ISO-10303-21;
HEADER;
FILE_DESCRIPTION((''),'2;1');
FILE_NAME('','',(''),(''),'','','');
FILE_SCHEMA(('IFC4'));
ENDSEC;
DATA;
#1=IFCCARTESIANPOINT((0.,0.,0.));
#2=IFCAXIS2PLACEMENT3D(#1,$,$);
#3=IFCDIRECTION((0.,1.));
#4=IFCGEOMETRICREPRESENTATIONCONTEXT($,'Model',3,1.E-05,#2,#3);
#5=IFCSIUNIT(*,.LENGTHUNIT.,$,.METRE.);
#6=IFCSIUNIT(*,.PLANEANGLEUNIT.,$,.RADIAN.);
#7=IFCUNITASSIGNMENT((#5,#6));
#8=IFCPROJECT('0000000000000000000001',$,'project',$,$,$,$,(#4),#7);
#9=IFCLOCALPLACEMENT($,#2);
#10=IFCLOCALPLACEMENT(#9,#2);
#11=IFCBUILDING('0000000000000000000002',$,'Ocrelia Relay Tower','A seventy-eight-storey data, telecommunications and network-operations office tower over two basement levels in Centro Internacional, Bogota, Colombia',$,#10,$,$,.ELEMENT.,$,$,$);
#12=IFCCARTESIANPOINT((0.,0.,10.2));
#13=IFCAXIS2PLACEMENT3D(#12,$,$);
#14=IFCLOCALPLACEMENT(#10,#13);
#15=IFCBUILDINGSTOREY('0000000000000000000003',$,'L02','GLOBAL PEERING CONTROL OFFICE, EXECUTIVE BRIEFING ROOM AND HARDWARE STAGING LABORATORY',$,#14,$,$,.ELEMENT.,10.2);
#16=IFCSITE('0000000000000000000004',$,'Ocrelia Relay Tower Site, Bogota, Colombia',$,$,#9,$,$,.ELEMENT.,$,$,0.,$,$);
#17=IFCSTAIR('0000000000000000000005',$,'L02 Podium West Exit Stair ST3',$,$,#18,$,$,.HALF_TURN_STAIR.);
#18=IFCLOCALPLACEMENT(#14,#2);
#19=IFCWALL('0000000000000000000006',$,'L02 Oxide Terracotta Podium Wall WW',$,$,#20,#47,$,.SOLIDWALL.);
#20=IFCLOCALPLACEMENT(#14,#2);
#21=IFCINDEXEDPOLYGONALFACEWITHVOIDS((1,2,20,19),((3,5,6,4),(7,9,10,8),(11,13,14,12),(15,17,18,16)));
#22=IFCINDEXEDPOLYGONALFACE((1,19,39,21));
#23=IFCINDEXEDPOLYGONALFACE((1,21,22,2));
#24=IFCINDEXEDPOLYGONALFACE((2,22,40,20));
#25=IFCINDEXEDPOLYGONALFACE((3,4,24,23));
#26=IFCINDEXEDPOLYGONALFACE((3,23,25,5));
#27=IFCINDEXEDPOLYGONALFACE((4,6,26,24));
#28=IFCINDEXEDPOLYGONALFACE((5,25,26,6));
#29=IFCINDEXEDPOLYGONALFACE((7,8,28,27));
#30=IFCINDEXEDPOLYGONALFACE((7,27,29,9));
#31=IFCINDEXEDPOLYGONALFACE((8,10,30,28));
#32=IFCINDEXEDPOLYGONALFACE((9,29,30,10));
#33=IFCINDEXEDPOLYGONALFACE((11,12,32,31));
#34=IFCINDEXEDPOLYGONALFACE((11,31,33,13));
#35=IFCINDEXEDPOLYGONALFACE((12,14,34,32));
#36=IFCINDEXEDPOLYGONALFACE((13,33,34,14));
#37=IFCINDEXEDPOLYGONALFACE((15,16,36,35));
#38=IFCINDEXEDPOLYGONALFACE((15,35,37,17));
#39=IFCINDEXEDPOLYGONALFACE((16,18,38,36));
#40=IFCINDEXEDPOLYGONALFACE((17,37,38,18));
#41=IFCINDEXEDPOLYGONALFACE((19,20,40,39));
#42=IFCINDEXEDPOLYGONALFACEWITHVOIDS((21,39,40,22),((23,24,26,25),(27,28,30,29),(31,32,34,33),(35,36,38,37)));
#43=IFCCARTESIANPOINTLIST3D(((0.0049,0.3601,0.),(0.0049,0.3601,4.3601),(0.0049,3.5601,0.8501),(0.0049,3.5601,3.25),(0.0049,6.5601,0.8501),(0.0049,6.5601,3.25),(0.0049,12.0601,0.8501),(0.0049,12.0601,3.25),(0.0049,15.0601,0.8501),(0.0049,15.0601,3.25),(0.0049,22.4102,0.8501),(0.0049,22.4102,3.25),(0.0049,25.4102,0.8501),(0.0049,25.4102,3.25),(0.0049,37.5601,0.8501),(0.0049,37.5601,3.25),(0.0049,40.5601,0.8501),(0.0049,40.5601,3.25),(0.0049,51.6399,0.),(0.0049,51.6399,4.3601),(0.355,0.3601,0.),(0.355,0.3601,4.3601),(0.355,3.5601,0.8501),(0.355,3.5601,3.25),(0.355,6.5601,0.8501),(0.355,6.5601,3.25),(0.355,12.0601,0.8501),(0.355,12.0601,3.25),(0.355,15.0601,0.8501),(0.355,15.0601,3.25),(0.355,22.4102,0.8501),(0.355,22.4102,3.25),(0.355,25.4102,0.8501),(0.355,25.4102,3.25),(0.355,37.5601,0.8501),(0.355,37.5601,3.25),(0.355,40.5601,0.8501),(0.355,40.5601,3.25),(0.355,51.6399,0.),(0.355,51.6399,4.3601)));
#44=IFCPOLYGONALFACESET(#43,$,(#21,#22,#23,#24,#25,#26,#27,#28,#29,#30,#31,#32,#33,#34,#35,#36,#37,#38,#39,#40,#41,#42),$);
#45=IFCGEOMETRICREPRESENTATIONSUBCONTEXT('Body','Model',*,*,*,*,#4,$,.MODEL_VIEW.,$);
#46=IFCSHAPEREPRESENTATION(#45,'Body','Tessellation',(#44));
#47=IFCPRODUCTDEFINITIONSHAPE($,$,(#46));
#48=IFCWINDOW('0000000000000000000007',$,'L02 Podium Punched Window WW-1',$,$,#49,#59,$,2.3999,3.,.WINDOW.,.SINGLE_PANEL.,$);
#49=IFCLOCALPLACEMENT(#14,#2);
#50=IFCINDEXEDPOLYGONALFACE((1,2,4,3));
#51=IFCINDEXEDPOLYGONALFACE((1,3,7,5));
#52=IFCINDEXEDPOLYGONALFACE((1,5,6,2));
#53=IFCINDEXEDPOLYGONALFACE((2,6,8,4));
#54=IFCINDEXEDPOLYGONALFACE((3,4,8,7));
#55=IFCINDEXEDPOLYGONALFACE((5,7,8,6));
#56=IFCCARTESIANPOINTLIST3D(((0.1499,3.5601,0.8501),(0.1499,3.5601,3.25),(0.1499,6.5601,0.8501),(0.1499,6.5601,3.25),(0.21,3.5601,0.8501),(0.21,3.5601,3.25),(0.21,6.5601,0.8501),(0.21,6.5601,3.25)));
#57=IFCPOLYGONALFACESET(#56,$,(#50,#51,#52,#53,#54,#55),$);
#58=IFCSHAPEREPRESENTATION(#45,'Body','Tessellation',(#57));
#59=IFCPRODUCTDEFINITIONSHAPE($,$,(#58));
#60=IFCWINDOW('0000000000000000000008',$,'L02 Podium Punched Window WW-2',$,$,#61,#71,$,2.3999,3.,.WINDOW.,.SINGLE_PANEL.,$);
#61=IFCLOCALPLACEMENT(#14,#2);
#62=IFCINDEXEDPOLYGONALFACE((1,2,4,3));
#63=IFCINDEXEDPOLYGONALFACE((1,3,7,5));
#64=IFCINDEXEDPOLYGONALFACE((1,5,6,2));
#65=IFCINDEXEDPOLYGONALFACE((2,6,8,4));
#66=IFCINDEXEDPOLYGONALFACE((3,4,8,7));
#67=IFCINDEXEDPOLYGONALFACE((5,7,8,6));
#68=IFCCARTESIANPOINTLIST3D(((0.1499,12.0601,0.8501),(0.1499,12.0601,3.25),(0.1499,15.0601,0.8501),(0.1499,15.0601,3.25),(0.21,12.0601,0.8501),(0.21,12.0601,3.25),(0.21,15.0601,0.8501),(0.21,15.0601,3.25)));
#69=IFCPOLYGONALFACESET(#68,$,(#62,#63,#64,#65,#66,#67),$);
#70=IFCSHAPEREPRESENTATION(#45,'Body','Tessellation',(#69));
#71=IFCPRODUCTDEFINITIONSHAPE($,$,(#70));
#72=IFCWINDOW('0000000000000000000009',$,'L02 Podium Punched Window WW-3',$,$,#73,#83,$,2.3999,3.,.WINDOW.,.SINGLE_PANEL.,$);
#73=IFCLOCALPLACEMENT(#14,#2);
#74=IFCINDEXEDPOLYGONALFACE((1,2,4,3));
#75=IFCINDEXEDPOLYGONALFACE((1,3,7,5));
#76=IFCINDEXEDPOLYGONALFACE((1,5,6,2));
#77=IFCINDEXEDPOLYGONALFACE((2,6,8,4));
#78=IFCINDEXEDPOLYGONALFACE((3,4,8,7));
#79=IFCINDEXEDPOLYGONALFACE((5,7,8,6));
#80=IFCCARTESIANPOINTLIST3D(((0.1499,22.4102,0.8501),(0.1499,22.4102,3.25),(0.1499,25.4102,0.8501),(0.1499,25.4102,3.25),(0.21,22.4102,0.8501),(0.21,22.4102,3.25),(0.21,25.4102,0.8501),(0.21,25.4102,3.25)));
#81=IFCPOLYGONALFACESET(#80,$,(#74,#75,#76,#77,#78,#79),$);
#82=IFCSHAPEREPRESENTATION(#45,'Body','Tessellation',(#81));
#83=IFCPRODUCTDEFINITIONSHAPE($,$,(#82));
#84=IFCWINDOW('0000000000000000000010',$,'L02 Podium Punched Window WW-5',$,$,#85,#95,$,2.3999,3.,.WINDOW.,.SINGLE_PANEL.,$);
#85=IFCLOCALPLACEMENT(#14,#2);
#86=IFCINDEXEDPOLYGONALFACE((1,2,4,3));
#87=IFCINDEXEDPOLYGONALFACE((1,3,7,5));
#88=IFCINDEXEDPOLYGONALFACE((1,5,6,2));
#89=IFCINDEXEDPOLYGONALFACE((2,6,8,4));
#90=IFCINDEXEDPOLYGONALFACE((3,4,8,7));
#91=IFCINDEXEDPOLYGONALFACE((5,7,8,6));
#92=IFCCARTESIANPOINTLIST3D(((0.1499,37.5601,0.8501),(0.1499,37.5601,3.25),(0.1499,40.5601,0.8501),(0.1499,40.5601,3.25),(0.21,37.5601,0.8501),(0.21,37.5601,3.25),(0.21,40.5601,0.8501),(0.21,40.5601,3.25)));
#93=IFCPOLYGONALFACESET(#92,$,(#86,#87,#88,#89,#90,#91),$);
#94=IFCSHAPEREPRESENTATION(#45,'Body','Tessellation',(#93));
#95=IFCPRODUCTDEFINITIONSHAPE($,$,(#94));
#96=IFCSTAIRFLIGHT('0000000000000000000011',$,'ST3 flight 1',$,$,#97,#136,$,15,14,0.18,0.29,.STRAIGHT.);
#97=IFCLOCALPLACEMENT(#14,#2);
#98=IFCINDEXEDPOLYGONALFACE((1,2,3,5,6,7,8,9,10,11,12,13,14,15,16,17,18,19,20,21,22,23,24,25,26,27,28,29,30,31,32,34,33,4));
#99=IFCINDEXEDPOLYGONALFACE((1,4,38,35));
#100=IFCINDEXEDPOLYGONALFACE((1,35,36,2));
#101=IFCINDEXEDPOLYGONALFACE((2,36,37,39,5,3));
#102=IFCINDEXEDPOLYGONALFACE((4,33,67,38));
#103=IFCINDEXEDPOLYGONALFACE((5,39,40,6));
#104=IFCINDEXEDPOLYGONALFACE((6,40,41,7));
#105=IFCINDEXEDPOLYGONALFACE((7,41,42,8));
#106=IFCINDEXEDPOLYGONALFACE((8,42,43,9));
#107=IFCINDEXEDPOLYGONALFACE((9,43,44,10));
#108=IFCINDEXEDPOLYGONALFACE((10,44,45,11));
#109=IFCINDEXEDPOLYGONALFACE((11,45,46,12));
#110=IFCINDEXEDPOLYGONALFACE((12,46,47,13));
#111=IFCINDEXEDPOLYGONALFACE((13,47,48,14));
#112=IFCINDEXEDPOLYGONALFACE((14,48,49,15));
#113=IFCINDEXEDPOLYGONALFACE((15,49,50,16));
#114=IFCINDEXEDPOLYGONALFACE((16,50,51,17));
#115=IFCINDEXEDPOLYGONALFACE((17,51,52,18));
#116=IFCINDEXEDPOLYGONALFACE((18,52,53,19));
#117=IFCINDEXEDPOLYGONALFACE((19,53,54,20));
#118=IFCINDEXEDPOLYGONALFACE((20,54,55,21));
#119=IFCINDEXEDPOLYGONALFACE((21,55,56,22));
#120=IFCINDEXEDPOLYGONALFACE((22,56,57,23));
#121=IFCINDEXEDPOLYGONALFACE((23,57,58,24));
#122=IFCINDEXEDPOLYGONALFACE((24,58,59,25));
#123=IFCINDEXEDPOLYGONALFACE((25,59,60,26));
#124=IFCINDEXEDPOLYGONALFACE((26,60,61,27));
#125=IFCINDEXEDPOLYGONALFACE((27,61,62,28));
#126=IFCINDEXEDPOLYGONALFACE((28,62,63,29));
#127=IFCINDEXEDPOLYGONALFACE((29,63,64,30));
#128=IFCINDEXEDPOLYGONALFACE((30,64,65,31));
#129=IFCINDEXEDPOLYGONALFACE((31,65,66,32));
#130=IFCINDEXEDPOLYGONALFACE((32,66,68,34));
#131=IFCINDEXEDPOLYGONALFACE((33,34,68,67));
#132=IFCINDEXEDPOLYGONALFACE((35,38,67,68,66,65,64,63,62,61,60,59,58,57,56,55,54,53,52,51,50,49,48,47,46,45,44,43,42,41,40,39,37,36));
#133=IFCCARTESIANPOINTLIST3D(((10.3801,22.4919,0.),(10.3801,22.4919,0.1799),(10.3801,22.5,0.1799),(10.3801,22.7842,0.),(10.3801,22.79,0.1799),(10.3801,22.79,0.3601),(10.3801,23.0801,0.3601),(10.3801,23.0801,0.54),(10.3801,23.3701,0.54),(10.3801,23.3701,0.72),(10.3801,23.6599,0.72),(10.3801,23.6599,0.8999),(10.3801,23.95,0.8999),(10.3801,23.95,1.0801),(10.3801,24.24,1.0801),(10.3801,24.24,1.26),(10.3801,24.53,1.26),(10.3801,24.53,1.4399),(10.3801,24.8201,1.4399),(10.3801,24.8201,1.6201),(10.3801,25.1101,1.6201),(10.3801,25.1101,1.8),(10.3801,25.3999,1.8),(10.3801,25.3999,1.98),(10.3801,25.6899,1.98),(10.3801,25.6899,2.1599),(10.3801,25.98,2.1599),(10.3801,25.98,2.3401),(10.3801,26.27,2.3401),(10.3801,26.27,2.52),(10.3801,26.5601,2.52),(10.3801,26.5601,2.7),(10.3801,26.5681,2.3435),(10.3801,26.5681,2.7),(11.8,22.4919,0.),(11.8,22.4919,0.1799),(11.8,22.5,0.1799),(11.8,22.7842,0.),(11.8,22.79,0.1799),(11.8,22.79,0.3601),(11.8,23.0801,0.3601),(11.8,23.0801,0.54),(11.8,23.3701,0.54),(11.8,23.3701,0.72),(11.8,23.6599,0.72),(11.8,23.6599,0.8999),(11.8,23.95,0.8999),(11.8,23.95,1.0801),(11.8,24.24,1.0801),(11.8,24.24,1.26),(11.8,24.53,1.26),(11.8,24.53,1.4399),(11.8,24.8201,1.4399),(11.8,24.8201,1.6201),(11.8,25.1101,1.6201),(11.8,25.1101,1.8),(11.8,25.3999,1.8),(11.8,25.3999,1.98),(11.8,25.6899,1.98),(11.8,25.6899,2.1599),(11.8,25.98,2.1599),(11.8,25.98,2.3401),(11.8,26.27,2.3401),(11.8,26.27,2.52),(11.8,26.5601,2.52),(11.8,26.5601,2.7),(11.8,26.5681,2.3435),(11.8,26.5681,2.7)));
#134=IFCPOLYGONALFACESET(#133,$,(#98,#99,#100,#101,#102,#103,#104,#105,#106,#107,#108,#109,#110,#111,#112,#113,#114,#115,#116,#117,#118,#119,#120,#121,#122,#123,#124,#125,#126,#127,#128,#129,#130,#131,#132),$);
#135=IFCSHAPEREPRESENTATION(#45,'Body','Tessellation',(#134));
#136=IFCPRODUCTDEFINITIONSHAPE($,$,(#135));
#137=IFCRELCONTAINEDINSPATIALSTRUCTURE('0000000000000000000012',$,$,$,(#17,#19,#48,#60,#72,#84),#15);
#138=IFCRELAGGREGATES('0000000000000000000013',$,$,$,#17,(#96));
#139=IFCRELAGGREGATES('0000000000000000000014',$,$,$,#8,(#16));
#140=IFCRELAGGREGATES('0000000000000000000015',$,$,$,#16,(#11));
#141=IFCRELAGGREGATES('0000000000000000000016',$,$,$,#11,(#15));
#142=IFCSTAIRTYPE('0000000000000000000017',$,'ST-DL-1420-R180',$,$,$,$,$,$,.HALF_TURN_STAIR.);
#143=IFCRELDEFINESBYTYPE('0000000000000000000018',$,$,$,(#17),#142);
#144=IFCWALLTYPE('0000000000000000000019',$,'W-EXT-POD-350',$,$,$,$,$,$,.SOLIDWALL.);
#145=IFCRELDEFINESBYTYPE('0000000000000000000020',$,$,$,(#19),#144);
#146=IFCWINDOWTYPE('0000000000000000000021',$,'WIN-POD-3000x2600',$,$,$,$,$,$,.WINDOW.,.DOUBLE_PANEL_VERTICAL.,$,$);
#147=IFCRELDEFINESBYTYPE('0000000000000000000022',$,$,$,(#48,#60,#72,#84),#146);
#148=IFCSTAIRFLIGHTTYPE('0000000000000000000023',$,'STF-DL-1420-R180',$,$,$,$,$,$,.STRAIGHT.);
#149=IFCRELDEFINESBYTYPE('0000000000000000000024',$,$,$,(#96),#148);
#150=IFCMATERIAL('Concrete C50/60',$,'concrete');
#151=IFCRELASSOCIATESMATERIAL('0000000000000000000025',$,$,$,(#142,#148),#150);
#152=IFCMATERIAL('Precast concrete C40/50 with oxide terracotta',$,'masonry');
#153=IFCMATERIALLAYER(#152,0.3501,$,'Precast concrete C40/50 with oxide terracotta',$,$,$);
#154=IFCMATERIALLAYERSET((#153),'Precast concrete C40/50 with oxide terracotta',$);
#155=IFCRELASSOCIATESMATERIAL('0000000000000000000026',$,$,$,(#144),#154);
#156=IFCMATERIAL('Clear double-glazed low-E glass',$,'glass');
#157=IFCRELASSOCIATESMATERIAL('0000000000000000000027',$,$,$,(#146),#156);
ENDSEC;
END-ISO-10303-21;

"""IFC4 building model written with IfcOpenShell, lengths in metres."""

from ifc_helpers import new_model, si_unit, direction, frame, frame_2d, origin, place, context, subcontext, project, spatial, polyline, rectangle, outline, extrude, material, layer, layer_set, type_object, element, fill, aggregate, save


model = new_model("IFC4")

# Units and contexts
model_context = context("Model", 3, precision=1e-05, world=origin(), true_north=direction((0.0, 1.0)))
body_context = subcontext(model_context, "Body", "Model", "MODEL_VIEW")
ifc_project = project(units=[si_unit("LENGTHUNIT", "METRE"), si_unit("PLANEANGLEUNIT", "RADIAN")], contexts=[model_context])

# Site, building, storey
site_placement = place(None, origin())
site = spatial("IfcSite", under=ifc_project, at=site_placement, Name="Ocrelia Relay Tower Site, Bogota, Colombia", CompositionType="ELEMENT", RefElevation=0.0)
building_placement = place(site_placement, origin())
building = spatial("IfcBuilding", under=site, at=building_placement, Name="Ocrelia Relay Tower", Description="A seventy-eight-storey data, telecommunications and network-operations office tower over two basement levels in Centro Internacional, Bogota, Colombia", CompositionType="ELEMENT")
storey_placement = place(building_placement, frame((0.0, 0.0, 10.2)))
storey = spatial("IfcBuildingStorey", under=building, at=storey_placement, Name="L02", Description="GLOBAL PEERING CONTROL OFFICE, EXECUTIVE BRIEFING ROOM AND HARDWARE STAGING LABORATORY", CompositionType="ELEMENT", Elevation=10.2)

# Shared definitions
ifc_material_1 = material(Name="Concrete C50/60", Category="concrete")

# Stair
stair_type = type_object("IfcStairType", Name="ST-DL-1420-R180", PredefinedType="HALF_TURN_STAIR", material=ifc_material_1)
stair_1_placement = place(storey_placement, origin())
stair_1 = element("IfcStair", 1, at=stair_1_placement, inside=storey, type_object=stair_type, Name="L02 Podium West Exit Stair ST3", PredefinedType="HALF_TURN_STAIR")

# Wall, openings, windows
ifc_material_2 = material(Name="Precast concrete C40/50 with oxide terracotta", Category="masonry")
ifc_layer_1 = layer(ifc_material_2, 0.3501, Name="Precast concrete C40/50 with oxide terracotta")
ifc_layer_set_1 = layer_set([ifc_layer_1], Name="Precast concrete C40/50 with oxide terracotta")
wall_type_1 = type_object("IfcWallType", Name="W-EXT-POD-350", PredefinedType="SOLIDWALL", material=ifc_layer_set_1)
wall_1_placement = place(storey_placement, frame((0.1799, 0.3601, 0.0), z_axis=(0.0, 0.0, 1.0), x_axis=(0.0, 1.0, 0.0)))
wall_1 = element("IfcWall", 2, at=wall_1_placement, inside=storey, type_object=wall_type_1, Name="L02 Oxide Terracotta Podium Wall WW", PredefinedType="SOLIDWALL", context=body_context, shape_type="SweptSolid", body=[
    extrude(rectangle(XDim=51.2798, YDim=0.3501, at=frame_2d((25.6399, 0.0))), origin(), (0.0, 0.0, 1.0), 4.3601),
])
opening_1_placement = place(wall_1_placement, frame((3.2, 0.0, 0.8501)))
opening_1 = element("IfcOpeningElement", 3, at=opening_1_placement, cuts=wall_1, PredefinedType="OPENING", context=body_context, shape_type="SweptSolid", body=[
    extrude(rectangle(XDim=3.0, YDim=2.3999, at=frame_2d((1.5, 1.2))), frame((0.0, 0.1851, 0.0), z_axis=(0.0, -1.0, 0.0), x_axis=(1.0, 0.0, 0.0)), (0.0, 0.0, 1.0), 0.3701),
])
opening_2_placement = place(wall_1_placement, frame((11.7, 0.0, 0.8501)))
opening_2 = element("IfcOpeningElement", 4, at=opening_2_placement, cuts=wall_1, PredefinedType="OPENING", context=body_context, shape_type="SweptSolid", body=[
    extrude(rectangle(XDim=3.0, YDim=2.3999, at=frame_2d((1.5, 1.2))), frame((0.0, 0.1851, 0.0), z_axis=(0.0, -1.0, 0.0), x_axis=(1.0, 0.0, 0.0)), (0.0, 0.0, 1.0), 0.3701),
])
opening_3_placement = place(wall_1_placement, frame((22.05, 0.0, 0.8501)))
opening_3 = element("IfcOpeningElement", 5, at=opening_3_placement, cuts=wall_1, PredefinedType="OPENING", context=body_context, shape_type="SweptSolid", body=[
    extrude(rectangle(XDim=3.0, YDim=2.3999, at=frame_2d((1.5, 1.2))), frame((0.0, 0.1851, 0.0), z_axis=(0.0, -1.0, 0.0), x_axis=(1.0, 0.0, 0.0)), (0.0, 0.0, 1.0), 0.3701),
])
opening_4_placement = place(wall_1_placement, frame((37.2, 0.0, 0.8501)))
opening_4 = element("IfcOpeningElement", 6, at=opening_4_placement, cuts=wall_1, PredefinedType="OPENING", context=body_context, shape_type="SweptSolid", body=[
    extrude(rectangle(XDim=3.0, YDim=2.3999, at=frame_2d((1.5, 1.2))), frame((0.0, 0.1851, 0.0), z_axis=(0.0, -1.0, 0.0), x_axis=(1.0, 0.0, 0.0)), (0.0, 0.0, 1.0), 0.3701),
])
ifc_material_3 = material(Name="Clear double-glazed low-E glass", Category="glass")
window_type = type_object("IfcWindowType", Name="WIN-POD-3000x2600", PartitioningType="DOUBLE_PANEL_VERTICAL", PredefinedType="WINDOW", material=ifc_material_3)
window_1_placement = place(opening_1_placement, origin())
window_1 = element("IfcWindow", 7, at=window_1_placement, inside=storey, type_object=window_type, Name="L02 Podium Punched Window WW-1", OverallHeight=2.3999, OverallWidth=3.0, PartitioningType="SINGLE_PANEL", PredefinedType="WINDOW", context=body_context, shape_type="SweptSolid", body=[
    extrude(rectangle(XDim=3.0, YDim=2.3999, at=frame_2d((1.5, 1.2))), frame((0.0, 0.03, 0.0), z_axis=(0.0, -1.0, 0.0), x_axis=(1.0, 0.0, 0.0)), (0.0, 0.0, 1.0), 0.0601),
])
fill(opening_1, window_1)
window_2_placement = place(opening_2_placement, origin())
window_2 = element("IfcWindow", 8, at=window_2_placement, inside=storey, type_object=window_type, Name="L02 Podium Punched Window WW-2", OverallHeight=2.3999, OverallWidth=3.0, PartitioningType="SINGLE_PANEL", PredefinedType="WINDOW", context=body_context, shape_type="SweptSolid", body=[
    extrude(rectangle(XDim=3.0, YDim=2.3999, at=frame_2d((1.5, 1.2))), frame((0.0, 0.03, 0.0), z_axis=(0.0, -1.0, 0.0), x_axis=(1.0, 0.0, 0.0)), (0.0, 0.0, 1.0), 0.0601),
])
fill(opening_2, window_2)
window_3_placement = place(opening_3_placement, origin())
window_3 = element("IfcWindow", 9, at=window_3_placement, inside=storey, type_object=window_type, Name="L02 Podium Punched Window WW-3", OverallHeight=2.3999, OverallWidth=3.0, PartitioningType="SINGLE_PANEL", PredefinedType="WINDOW", context=body_context, shape_type="SweptSolid", body=[
    extrude(rectangle(XDim=3.0, YDim=2.3999, at=frame_2d((1.5, 1.2))), frame((0.0, 0.03, 0.0), z_axis=(0.0, -1.0, 0.0), x_axis=(1.0, 0.0, 0.0)), (0.0, 0.0, 1.0), 0.0601),
])
fill(opening_3, window_3)
window_4_placement = place(opening_4_placement, origin())
window_4 = element("IfcWindow", 10, at=window_4_placement, inside=storey, type_object=window_type, Name="L02 Podium Punched Window WW-5", OverallHeight=2.3999, OverallWidth=3.0, PartitioningType="SINGLE_PANEL", PredefinedType="WINDOW", context=body_context, shape_type="SweptSolid", body=[
    extrude(rectangle(XDim=3.0, YDim=2.3999, at=frame_2d((1.5, 1.2))), frame((0.0, 0.03, 0.0), z_axis=(0.0, -1.0, 0.0), x_axis=(1.0, 0.0, 0.0)), (0.0, 0.0, 1.0), 0.0601),
])
fill(opening_4, window_4)

# Stair flight
stair_flight_type = type_object("IfcStairFlightType", Name="STF-DL-1420-R180", PredefinedType="STRAIGHT", material=ifc_material_1)
stair_flight_placement = place(storey_placement, frame((11.0901, 22.5, 0.0), z_axis=(0.0, 0.0, 1.0), x_axis=(0.0, 1.0, 0.0)))
stair_flight = element("IfcStairFlight", 11, at=stair_flight_placement, type_object=stair_flight_type, Name="ST3 flight 1", NumberOfRisers=15, NumberOfTreads=14, PredefinedType="STRAIGHT", RiserHeight=0.18, TreadLength=0.29, context=body_context, shape_type="SweptSolid", body=[
    extrude(outline(polyline([(-0.0081, 0.0), (-0.0081, 0.1799), (0.0, 0.1799), (0.29, 0.1799), (0.29, 0.3601), (0.5801, 0.3601), (0.5801, 0.54), (0.8701, 0.54), (0.8701, 0.72), (1.1599, 0.72), (1.1599, 0.8999), (1.45, 0.8999), (1.45, 1.0801), (1.74, 1.0801), (1.74, 1.26), (2.03, 1.26), (2.03, 1.4399), (2.3201, 1.4399), (2.3201, 1.6201), (2.6101, 1.6201), (2.6101, 1.8), (2.8999, 1.8), (2.8999, 1.98), (3.1899, 1.98), (3.1899, 2.1599), (3.48, 2.1599), (3.48, 2.3401), (3.77, 2.3401), (3.77, 2.52), (4.0601, 2.52), (4.0601, 2.7), (4.0681, 2.7), (4.0681, 2.3435), (0.2842, 0.0), (-0.0081, 0.0)])), frame((0.0, 0.71, 0.0), z_axis=(0.0, -1.0, 0.0), x_axis=(1.0, 0.0, 0.0)), (0.0, 0.0, 1.0), 1.4199),
])
aggregate(stair_1, [stair_flight])

save(model, "model.ifc")
